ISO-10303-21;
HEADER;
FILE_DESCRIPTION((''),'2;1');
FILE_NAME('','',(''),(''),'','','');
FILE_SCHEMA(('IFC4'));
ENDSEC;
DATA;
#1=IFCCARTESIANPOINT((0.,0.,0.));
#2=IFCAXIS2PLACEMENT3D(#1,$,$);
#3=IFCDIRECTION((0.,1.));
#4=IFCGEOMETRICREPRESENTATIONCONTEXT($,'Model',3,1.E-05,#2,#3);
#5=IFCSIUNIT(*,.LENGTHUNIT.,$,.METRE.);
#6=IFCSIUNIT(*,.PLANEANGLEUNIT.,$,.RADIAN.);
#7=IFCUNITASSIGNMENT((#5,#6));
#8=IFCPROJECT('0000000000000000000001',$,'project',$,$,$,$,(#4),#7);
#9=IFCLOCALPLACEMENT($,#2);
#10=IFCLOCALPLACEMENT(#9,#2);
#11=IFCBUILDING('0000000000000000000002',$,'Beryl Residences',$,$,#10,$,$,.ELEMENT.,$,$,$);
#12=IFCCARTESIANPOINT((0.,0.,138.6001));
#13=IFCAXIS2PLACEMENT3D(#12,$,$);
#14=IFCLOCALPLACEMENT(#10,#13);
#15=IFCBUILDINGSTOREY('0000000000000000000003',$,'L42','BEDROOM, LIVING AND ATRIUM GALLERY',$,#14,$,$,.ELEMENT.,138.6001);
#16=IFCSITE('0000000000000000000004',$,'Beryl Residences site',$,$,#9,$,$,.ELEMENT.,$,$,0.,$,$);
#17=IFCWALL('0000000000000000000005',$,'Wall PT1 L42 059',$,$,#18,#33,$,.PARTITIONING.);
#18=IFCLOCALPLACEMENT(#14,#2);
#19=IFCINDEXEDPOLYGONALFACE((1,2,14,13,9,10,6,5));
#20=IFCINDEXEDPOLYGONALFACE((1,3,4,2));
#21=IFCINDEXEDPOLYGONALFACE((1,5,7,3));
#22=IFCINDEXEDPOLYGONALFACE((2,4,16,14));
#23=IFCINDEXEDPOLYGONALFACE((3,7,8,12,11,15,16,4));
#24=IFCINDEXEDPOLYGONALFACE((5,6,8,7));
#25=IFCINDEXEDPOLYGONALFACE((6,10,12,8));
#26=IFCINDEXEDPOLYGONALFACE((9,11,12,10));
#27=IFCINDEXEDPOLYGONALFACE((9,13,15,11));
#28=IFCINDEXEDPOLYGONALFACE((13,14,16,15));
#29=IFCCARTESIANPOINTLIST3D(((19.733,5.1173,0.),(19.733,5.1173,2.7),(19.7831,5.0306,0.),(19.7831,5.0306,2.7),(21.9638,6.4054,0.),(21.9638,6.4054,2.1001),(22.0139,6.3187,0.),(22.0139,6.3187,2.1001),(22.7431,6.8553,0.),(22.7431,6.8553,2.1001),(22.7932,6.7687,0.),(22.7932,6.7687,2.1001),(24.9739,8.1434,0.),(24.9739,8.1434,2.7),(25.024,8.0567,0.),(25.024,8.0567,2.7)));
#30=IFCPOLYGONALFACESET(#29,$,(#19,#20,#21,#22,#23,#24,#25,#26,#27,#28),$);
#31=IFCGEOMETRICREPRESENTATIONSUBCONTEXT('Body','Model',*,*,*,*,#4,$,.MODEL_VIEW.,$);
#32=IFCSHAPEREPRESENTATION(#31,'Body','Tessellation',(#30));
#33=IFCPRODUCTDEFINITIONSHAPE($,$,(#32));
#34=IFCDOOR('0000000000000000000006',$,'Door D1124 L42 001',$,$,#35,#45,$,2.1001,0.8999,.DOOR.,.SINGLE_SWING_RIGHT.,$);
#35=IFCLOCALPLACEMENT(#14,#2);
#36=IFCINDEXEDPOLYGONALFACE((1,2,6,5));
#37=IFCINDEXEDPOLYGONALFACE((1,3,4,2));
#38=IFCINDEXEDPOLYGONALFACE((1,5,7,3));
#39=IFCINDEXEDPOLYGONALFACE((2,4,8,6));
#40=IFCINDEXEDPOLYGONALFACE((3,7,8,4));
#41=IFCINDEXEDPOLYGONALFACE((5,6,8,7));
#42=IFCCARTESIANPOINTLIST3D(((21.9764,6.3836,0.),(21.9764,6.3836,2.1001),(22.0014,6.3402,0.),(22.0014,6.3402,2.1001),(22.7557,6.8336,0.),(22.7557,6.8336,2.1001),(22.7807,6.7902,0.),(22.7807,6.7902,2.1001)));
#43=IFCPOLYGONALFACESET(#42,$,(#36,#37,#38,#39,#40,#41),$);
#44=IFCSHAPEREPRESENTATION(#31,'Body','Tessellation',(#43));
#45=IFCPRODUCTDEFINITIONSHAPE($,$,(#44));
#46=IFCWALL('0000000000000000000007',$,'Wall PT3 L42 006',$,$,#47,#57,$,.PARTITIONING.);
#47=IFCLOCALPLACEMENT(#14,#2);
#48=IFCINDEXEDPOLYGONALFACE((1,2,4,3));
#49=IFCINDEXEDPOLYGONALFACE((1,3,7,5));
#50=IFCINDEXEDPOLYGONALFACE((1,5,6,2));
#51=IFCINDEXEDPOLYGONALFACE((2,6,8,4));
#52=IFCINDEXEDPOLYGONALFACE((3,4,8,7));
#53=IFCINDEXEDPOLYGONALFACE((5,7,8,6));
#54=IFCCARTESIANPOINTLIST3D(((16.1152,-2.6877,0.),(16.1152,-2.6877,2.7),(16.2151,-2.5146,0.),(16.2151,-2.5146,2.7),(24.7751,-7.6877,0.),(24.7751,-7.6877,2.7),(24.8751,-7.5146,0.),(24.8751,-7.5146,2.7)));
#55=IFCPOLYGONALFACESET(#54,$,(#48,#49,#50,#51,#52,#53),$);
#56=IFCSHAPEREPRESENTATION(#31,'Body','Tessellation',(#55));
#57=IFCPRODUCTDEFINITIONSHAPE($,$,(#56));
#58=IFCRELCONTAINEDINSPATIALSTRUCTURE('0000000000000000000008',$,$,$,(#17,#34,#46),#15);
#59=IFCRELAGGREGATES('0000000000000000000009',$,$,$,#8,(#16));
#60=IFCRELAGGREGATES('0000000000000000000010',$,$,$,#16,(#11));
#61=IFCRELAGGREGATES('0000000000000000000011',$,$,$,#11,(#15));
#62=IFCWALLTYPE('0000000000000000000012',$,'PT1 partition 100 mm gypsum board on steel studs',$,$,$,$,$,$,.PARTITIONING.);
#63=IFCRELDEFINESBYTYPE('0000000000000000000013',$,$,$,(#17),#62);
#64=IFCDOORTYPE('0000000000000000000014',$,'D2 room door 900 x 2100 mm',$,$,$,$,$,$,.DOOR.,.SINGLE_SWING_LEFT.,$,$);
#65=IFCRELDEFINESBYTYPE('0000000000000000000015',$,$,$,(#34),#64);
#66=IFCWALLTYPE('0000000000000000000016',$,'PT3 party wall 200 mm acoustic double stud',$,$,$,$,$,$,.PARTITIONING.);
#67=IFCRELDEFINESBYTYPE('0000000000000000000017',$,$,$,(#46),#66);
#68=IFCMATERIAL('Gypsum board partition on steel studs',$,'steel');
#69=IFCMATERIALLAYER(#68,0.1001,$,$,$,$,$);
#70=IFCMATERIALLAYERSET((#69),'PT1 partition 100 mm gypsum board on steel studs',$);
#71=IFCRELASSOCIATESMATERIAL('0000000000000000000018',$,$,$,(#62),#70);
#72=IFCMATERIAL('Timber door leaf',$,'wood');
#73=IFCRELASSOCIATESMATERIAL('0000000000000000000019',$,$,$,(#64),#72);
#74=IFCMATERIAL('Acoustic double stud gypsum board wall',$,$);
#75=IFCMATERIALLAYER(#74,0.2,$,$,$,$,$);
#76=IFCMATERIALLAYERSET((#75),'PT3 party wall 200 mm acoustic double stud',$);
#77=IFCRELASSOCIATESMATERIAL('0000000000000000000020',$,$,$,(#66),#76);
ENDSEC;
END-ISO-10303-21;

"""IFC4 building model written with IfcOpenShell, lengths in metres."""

from ifc_helpers import new_model, si_unit, direction, frame, frame_2d, origin, place, context, subcontext, project, spatial, rectangle, extrude, material, layer, layer_set, type_object, element, fill, save


model = new_model("IFC4")

# Units and contexts
model_context = context("Model", 3, precision=1e-05, world=origin(), true_north=direction((0.0, 1.0)))
body_context = subcontext(model_context, "Body", "Model", "MODEL_VIEW")
ifc_project = project(units=[si_unit("LENGTHUNIT", "METRE"), si_unit("PLANEANGLEUNIT", "RADIAN")], contexts=[model_context])

# Site, building, storey
site_placement = place(None, origin())
site = spatial("IfcSite", under=ifc_project, at=site_placement, Name="Beryl Residences site", CompositionType="ELEMENT", RefElevation=0.0)
building_placement = place(site_placement, origin())
building = spatial("IfcBuilding", under=site, at=building_placement, Name="Beryl Residences", CompositionType="ELEMENT")
storey_placement = place(building_placement, frame((0.0, 0.0, 138.6001)))
storey = spatial("IfcBuildingStorey", under=building, at=storey_placement, Name="L42", Description="BEDROOM, LIVING AND ATRIUM GALLERY", CompositionType="ELEMENT", Elevation=138.6001)

# Shared definitions
ifc_material_1 = material(Name="Gypsum board partition on steel studs", Category="steel")
ifc_layer_1 = layer(ifc_material_1, 0.1001)
ifc_layer_set_1 = layer_set([ifc_layer_1], Name="PT1 partition 100 mm gypsum board on steel studs")
wall_type_1 = type_object("IfcWallType", Name="PT1 partition 100 mm gypsum board on steel studs", PredefinedType="PARTITIONING", material=ifc_layer_set_1)
ifc_material_2 = material(Name="Timber door leaf", Category="wood")
door_type_1 = type_object("IfcDoorType", Name="D2 room door 900 x 2100 mm", OperationType="SINGLE_SWING_LEFT", PredefinedType="DOOR", material=ifc_material_2)

# Wall, opening, door
wall_1_placement = place(storey_placement, frame((19.7581, 5.074, 0.0), z_axis=(0.0, 0.0, 1.0), x_axis=(0.866008, 0.500031, 0.0)))
wall_1 = element("IfcWall", 1, at=wall_1_placement, inside=storey, type_object=wall_type_1, Name="Wall PT1 L42 059", PredefinedType="PARTITIONING", context=body_context, shape_type="SweptSolid", body=[
    extrude(rectangle(XDim=6.0518, YDim=0.1001, at=frame_2d((3.0259, 0.0))), origin(), (0.0, 0.0, 1.0), 2.7),
])
opening_1_placement = place(wall_1_placement, frame((2.5759, 0.0, 0.0)))
opening_1 = element("IfcOpeningElement", 2, at=opening_1_placement, cuts=wall_1, PredefinedType="OPENING", context=body_context, shape_type="SweptSolid", body=[
    extrude(rectangle(XDim=0.8999, YDim=2.1001, at=frame_2d((0.45, 1.05))), frame((0.0, 0.0601, 0.0), z_axis=(0.0, -1.0, 0.0), x_axis=(1.0, 0.0, 0.0)), (0.0, 0.0, 1.0), 0.1201),
])
door_1_placement = place(opening_1_placement, origin())
door_1 = element("IfcDoor", 3, at=door_1_placement, inside=storey, type_object=door_type_1, Name="Door D1124 L42 001", OperationType="SINGLE_SWING_RIGHT", OverallHeight=2.1001, OverallWidth=0.8999, PredefinedType="DOOR", context=body_context, shape_type="SweptSolid", body=[
    extrude(rectangle(XDim=0.8999, YDim=2.1001, at=frame_2d((0.45, 1.05))), frame((0.0, 0.0249, 0.0), z_axis=(0.0, -1.0, 0.0), x_axis=(1.0, 0.0, 0.0)), (0.0, 0.0, 1.0), 0.05),
])
fill(opening_1, door_1)

# Wall
ifc_material_3 = material(Name="Acoustic double stud gypsum board wall")
ifc_layer_2 = layer(ifc_material_3, 0.2)
ifc_layer_set_2 = layer_set([ifc_layer_2], Name="PT3 party wall 200 mm acoustic double stud")
wall_type_2 = type_object("IfcWallType", Name="PT3 party wall 200 mm acoustic double stud", PredefinedType="PARTITIONING", material=ifc_layer_set_2)
wall_2_placement = place(storey_placement, frame((16.165, -2.6011, 0.0), z_axis=(0.0, 0.0, 1.0), x_axis=(0.866017, -0.500015, 0.0)))
element("IfcWall", 4, at=wall_2_placement, inside=storey, type_object=wall_type_2, Name="Wall PT3 L42 006", PredefinedType="PARTITIONING", context=body_context, shape_type="SweptSolid", body=[
    extrude(rectangle(XDim=9.9998, YDim=0.2, at=frame_2d((5.0, 0.0))), origin(), (0.0, 0.0, 1.0), 2.7),
])

save(model, "model.ifc")
